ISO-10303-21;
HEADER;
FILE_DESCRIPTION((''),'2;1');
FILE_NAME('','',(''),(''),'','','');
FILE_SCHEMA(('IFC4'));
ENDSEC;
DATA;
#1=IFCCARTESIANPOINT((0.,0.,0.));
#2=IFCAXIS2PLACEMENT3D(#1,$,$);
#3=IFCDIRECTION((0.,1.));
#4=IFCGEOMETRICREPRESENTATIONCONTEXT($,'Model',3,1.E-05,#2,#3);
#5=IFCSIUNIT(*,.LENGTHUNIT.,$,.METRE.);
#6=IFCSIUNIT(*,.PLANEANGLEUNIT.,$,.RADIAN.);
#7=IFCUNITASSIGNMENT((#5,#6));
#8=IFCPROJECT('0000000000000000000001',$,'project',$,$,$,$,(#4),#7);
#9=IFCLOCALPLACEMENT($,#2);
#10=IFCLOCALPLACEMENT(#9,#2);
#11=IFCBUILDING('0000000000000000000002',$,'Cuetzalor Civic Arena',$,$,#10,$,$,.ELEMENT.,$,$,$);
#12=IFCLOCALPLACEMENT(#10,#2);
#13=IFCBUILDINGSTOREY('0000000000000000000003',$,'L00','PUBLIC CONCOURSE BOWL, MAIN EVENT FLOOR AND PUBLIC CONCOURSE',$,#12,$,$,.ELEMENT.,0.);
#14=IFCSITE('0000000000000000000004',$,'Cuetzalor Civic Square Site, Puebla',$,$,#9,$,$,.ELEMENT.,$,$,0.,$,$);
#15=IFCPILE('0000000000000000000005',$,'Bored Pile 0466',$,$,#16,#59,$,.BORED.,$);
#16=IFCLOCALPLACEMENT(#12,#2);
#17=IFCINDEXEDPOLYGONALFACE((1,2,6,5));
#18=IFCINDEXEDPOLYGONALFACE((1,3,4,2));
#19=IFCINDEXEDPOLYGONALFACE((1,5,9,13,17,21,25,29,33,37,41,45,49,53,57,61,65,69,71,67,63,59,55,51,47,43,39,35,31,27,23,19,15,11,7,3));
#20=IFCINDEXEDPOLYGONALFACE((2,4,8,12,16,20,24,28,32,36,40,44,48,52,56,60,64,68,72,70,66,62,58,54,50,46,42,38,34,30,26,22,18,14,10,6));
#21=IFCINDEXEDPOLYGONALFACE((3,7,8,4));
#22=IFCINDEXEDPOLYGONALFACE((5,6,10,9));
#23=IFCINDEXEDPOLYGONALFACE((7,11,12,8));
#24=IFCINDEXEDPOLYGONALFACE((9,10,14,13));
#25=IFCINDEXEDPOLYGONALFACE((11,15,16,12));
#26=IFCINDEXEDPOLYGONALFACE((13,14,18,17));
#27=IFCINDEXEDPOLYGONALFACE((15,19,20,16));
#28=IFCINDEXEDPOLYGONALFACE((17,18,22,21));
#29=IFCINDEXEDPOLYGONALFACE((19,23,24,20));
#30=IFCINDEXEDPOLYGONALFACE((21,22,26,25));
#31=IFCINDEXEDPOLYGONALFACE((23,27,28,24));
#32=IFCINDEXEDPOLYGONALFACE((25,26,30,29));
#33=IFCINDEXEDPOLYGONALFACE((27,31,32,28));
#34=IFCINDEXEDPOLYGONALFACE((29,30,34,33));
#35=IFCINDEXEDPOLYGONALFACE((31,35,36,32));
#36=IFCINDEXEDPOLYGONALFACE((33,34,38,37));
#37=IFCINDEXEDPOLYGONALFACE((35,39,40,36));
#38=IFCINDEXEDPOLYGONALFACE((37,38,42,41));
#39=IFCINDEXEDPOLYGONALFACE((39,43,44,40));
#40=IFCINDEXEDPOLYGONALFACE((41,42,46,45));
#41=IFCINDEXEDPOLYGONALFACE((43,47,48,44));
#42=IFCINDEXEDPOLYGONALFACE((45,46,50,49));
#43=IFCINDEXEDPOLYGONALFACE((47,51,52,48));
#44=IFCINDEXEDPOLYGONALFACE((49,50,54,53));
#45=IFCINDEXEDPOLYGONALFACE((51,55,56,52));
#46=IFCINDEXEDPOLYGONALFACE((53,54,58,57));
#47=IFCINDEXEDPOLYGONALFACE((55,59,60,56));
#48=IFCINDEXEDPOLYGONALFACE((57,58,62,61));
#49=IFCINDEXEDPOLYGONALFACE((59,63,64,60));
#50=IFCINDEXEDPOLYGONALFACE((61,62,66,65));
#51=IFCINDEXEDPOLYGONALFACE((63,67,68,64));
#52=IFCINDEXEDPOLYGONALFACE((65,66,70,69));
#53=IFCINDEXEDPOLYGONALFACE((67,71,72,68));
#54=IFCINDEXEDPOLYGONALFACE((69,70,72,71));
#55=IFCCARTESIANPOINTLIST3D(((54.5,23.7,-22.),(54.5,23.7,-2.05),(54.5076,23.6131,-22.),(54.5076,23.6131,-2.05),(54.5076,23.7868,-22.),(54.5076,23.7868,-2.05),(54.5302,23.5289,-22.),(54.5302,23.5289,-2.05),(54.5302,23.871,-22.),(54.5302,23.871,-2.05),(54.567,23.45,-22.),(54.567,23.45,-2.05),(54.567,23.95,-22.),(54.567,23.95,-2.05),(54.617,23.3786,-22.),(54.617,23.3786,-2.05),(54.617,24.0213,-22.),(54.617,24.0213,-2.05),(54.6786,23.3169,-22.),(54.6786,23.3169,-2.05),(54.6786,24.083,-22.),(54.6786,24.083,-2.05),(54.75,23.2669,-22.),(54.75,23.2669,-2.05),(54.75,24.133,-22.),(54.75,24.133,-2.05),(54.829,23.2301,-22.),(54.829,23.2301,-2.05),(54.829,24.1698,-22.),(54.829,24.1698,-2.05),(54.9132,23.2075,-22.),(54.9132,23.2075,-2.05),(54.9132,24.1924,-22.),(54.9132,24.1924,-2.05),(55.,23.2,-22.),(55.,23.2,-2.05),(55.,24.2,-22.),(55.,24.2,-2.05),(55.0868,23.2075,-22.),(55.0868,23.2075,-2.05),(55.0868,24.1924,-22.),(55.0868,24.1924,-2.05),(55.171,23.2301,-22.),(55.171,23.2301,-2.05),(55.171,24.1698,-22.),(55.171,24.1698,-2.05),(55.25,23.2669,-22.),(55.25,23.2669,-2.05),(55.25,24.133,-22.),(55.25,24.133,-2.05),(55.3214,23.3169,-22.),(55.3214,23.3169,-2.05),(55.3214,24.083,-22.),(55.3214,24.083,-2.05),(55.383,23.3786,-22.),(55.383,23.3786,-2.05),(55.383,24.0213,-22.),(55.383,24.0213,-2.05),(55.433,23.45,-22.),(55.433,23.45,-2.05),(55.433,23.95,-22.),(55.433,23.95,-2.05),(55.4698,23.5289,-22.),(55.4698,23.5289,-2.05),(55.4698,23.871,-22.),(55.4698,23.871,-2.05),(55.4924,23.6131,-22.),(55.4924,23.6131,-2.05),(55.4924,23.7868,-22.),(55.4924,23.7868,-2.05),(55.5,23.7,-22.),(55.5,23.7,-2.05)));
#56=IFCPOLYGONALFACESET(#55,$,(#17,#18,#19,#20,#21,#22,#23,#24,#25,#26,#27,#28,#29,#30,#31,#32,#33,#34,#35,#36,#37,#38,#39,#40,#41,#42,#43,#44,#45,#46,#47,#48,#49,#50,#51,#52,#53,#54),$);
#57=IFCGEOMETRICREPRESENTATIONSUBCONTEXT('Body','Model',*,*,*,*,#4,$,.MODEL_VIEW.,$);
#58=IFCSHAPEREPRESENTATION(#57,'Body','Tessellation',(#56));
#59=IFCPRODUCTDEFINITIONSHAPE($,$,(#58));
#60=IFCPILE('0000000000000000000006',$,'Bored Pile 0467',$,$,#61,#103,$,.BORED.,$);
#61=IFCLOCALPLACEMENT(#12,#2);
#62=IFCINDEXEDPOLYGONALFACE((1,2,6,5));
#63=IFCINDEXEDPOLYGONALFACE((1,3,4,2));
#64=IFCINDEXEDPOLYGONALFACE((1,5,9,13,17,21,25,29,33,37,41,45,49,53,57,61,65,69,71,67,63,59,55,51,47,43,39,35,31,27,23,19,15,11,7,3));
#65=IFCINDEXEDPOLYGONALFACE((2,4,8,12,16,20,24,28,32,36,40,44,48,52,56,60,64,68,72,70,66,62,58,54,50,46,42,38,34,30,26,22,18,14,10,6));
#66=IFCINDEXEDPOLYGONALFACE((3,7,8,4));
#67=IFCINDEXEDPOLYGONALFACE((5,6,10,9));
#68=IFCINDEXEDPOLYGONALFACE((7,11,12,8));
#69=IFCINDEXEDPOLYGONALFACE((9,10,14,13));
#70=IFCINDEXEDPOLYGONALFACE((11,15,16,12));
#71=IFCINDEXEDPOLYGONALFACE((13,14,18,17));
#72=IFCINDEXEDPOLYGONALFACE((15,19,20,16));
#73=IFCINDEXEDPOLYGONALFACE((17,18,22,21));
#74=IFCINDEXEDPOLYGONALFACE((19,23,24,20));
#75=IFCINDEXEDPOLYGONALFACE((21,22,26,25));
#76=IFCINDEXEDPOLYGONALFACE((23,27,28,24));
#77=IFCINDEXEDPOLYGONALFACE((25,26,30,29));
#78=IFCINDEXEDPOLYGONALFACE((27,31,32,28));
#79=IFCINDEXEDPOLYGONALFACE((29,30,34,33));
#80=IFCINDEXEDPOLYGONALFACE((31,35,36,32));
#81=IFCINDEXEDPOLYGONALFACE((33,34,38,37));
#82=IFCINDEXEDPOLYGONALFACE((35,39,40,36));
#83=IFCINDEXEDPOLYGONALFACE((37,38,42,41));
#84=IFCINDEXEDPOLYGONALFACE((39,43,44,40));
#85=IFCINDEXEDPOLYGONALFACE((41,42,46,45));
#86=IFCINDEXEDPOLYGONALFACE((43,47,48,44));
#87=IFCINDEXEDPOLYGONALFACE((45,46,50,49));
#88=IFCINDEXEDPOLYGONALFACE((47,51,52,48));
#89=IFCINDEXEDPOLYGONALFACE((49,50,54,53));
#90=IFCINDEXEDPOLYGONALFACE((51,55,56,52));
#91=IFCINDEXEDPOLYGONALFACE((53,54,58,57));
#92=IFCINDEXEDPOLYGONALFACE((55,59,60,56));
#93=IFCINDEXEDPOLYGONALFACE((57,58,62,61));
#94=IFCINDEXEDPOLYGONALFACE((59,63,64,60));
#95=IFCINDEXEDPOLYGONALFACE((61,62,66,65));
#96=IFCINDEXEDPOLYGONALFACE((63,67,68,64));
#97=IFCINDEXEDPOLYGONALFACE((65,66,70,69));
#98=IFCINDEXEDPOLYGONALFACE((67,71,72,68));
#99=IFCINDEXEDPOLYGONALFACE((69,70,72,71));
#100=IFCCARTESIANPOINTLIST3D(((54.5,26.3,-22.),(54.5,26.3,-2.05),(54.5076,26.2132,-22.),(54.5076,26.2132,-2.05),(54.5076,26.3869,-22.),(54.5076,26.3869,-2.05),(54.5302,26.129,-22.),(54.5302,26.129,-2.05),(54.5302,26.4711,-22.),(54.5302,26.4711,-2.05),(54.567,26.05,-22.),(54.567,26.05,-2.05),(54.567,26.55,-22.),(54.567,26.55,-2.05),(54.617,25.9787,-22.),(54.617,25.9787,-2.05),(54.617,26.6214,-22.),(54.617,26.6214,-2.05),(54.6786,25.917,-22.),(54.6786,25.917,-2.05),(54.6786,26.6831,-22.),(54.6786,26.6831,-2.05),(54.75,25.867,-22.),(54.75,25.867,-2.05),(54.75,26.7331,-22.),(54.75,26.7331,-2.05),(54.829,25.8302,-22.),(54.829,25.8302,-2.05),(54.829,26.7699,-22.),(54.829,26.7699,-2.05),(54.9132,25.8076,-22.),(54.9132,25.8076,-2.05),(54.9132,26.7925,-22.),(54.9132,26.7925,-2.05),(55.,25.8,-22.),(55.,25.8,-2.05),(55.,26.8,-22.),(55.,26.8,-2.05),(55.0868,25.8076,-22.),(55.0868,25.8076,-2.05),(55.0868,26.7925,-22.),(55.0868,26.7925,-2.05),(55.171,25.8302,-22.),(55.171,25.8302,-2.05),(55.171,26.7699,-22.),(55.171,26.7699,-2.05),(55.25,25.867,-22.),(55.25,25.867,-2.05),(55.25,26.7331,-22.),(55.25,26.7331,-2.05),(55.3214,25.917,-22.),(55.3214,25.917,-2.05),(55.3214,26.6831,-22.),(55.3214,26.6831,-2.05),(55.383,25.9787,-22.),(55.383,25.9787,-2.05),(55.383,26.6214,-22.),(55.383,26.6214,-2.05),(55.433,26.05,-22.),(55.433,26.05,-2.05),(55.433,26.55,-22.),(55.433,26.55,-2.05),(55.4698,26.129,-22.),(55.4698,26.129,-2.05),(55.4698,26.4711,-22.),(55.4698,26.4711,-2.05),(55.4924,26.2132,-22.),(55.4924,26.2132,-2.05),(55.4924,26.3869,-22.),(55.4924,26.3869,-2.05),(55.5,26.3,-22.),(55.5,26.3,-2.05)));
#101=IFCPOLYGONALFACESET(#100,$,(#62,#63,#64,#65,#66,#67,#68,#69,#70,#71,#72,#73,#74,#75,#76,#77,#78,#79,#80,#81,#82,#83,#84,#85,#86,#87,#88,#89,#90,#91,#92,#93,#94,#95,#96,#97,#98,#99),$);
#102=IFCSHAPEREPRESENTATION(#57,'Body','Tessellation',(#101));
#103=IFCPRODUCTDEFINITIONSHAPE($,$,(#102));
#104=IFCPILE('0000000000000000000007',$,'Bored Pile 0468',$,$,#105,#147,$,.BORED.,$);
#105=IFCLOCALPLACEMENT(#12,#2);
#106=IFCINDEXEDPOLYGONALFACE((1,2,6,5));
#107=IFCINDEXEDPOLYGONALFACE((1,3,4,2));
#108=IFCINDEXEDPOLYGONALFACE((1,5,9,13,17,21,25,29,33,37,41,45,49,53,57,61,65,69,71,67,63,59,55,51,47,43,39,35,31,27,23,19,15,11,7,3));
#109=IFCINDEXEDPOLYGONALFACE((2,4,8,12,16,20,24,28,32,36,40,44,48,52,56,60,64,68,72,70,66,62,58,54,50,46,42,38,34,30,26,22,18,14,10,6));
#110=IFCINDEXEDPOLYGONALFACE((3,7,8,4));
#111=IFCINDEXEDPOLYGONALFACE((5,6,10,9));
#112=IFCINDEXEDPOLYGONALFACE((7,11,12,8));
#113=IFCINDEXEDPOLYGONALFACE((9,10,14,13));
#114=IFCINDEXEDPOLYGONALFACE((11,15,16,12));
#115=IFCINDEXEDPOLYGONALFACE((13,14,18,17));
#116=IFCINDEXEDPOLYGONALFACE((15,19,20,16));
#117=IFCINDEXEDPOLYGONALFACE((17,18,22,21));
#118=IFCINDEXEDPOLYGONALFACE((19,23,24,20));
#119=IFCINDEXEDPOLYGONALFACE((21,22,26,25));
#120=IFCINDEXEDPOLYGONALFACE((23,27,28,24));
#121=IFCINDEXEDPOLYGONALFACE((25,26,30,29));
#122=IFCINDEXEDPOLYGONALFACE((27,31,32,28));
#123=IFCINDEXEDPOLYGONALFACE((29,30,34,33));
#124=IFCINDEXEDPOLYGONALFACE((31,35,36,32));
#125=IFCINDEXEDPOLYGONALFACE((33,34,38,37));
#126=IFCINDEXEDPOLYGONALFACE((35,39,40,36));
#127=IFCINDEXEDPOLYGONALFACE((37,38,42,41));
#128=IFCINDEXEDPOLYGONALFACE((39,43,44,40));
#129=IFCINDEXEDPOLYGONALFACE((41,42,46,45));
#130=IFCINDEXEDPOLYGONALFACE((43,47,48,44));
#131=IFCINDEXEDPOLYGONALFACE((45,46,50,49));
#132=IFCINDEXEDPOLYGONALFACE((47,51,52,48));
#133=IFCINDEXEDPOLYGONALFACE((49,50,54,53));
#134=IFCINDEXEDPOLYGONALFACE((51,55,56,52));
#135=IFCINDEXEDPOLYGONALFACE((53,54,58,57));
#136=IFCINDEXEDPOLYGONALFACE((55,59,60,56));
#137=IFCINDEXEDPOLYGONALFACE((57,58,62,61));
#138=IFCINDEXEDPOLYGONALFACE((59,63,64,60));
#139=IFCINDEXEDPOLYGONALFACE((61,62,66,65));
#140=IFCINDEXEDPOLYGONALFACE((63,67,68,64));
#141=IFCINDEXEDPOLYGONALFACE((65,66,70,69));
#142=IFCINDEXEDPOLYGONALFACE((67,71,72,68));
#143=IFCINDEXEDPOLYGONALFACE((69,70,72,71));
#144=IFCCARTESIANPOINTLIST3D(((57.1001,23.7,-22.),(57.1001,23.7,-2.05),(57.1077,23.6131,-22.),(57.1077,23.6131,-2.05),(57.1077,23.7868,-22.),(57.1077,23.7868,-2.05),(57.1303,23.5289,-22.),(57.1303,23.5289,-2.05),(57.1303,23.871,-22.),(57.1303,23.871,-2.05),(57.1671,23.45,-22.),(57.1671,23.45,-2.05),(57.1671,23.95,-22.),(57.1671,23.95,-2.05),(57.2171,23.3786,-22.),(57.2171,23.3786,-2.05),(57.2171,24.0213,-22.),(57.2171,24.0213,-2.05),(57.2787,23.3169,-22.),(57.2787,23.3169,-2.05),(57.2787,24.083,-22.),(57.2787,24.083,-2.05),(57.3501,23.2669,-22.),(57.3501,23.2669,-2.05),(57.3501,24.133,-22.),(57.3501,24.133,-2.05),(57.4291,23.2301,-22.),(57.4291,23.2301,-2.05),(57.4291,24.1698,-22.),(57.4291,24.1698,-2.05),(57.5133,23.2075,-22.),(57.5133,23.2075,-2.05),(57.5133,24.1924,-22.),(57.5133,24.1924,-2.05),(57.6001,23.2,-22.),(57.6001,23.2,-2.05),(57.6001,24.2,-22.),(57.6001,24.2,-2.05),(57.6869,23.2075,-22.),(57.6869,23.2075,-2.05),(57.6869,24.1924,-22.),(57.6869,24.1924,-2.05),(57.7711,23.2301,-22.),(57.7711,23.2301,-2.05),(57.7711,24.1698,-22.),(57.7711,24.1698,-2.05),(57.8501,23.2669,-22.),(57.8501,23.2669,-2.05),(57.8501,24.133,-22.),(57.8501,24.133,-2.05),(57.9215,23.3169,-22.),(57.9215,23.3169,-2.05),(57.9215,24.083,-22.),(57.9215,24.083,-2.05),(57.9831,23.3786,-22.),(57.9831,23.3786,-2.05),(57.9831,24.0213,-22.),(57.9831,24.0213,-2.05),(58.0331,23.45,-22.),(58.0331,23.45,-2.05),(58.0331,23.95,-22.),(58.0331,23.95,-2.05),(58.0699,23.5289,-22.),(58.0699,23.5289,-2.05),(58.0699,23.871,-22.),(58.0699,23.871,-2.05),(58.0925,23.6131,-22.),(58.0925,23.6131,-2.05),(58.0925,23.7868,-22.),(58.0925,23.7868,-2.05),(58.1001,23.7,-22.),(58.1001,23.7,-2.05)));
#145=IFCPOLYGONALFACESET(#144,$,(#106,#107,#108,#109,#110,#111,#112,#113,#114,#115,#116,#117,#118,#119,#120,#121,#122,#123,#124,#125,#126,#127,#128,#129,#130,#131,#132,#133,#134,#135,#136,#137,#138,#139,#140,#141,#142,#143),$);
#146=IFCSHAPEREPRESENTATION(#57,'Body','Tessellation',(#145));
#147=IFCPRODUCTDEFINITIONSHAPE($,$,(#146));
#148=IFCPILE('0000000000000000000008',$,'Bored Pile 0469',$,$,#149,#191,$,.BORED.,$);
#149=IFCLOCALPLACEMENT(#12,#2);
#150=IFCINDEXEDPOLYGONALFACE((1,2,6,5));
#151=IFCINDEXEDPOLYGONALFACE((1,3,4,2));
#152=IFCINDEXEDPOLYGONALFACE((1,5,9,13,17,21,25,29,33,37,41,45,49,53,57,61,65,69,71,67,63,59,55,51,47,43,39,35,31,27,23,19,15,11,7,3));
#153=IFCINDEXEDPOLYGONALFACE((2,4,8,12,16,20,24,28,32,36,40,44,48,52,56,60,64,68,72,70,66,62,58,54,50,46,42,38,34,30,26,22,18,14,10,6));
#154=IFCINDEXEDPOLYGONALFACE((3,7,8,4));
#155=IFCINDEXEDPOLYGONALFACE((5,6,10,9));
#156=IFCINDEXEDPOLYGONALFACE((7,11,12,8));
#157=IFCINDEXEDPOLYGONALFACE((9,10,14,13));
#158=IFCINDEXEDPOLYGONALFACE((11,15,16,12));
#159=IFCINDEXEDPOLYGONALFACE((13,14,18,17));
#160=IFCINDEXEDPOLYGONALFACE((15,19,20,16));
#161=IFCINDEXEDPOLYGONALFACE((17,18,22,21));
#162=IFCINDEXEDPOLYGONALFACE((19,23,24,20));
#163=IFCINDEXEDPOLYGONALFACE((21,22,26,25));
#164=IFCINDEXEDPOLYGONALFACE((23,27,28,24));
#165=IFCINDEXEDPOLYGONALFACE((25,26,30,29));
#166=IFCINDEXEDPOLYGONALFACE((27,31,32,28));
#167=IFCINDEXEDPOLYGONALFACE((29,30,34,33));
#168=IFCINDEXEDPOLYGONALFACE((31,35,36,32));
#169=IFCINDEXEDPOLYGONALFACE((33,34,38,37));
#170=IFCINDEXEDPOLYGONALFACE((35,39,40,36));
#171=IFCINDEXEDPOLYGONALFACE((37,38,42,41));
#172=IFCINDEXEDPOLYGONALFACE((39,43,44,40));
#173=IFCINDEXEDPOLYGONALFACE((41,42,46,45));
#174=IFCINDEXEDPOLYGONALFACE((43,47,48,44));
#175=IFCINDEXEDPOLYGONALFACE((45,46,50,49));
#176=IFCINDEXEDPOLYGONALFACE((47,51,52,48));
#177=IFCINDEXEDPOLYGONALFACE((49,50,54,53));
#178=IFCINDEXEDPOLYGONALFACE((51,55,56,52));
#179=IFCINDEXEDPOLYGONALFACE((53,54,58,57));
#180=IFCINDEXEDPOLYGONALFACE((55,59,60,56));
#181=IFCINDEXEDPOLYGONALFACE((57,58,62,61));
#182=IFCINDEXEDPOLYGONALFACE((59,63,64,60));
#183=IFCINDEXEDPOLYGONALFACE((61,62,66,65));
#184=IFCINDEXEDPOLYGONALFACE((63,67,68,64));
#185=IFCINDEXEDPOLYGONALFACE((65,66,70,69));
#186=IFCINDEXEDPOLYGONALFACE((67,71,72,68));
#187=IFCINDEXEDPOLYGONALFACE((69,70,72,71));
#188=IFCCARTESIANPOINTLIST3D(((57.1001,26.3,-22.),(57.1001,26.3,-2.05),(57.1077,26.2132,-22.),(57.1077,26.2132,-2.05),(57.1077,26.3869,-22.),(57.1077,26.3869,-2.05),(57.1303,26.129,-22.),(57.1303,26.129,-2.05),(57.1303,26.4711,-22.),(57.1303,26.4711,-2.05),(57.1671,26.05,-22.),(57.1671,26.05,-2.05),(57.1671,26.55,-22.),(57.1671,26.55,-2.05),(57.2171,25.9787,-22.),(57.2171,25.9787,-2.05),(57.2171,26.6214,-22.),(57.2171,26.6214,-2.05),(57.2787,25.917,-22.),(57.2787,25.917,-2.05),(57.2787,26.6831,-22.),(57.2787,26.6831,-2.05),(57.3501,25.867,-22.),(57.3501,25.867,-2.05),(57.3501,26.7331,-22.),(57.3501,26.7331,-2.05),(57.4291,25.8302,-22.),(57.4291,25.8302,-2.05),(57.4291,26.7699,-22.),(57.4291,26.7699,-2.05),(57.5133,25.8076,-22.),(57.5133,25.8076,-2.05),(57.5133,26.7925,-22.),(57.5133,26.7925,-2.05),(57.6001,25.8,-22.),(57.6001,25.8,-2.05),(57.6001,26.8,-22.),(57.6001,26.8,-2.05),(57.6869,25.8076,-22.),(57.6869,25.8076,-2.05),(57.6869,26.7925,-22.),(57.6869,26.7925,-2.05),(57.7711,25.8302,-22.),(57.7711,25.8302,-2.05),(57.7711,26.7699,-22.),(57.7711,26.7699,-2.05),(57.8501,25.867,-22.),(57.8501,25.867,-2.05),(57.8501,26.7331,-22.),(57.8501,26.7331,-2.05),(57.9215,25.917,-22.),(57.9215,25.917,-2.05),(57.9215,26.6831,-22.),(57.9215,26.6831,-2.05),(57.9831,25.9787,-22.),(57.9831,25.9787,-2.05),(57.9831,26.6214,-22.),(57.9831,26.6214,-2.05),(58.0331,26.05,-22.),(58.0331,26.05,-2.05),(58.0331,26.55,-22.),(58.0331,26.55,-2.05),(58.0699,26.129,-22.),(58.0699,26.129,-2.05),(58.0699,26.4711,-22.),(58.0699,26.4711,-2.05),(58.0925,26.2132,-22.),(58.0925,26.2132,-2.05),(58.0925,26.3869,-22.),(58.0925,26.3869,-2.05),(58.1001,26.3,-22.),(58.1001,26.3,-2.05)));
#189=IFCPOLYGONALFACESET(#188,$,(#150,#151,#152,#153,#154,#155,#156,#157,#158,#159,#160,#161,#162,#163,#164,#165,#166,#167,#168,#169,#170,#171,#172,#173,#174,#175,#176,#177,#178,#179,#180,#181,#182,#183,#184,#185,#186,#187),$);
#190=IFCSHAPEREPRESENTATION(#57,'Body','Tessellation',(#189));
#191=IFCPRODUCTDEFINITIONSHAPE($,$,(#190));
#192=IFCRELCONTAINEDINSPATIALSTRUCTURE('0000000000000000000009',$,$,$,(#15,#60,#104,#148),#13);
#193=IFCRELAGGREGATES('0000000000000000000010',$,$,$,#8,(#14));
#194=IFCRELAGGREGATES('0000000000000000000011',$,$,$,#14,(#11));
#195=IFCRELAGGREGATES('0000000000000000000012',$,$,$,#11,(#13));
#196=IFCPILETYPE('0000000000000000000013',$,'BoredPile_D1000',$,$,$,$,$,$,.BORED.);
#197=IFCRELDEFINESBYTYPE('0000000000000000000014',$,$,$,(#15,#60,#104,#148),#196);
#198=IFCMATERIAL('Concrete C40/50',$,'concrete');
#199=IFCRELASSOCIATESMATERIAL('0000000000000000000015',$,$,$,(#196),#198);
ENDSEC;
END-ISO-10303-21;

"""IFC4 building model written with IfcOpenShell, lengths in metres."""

from ifc_helpers import new_model, si_unit, direction, frame, origin, origin_2d, place, context, subcontext, project, spatial, circle, extrude, material, material_profile, profile_set, type_object, element, save


model = new_model("IFC4")

# Units and contexts
model_context = context("Model", 3, precision=1e-05, world=origin(), true_north=direction((0.0, 1.0)))
body_context = subcontext(model_context, "Body", "Model", "MODEL_VIEW")
ifc_project = project(units=[si_unit("LENGTHUNIT", "METRE"), si_unit("PLANEANGLEUNIT", "RADIAN")], contexts=[model_context])

# Site, building, storey
site_placement = place(None, origin())
site = spatial("IfcSite", under=ifc_project, at=site_placement, Name="Cuetzalor Civic Square Site, Puebla", CompositionType="ELEMENT", RefElevation=0.0)
building_placement = place(site_placement, origin())
building = spatial("IfcBuilding", under=site, at=building_placement, Name="Cuetzalor Civic Arena", CompositionType="ELEMENT")
storey_placement = place(building_placement, origin())
storey = spatial("IfcBuildingStorey", under=building, at=storey_placement, Name="L00", Description="PUBLIC CONCOURSE BOWL, MAIN EVENT FLOOR AND PUBLIC CONCOURSE", CompositionType="ELEMENT", Elevation=0.0)

# Piles
ifc_material_1 = material(Name="Concrete C40/50", Category="concrete")
ifc_material_profile_1 = material_profile(ifc_material_1, circle(Radius=0.5, at=origin_2d()), Name="BORED PILE D1000")
ifc_profile_set_1 = profile_set([ifc_material_profile_1], Name="Concrete C40/50")
pile_type_1 = type_object("IfcPileType", Name="BoredPile_D1000", PredefinedType="BORED", material=ifc_profile_set_1)
for number, where, z_axis, x_axis, name in (
    (1, (55.0, 23.7, -2.05), (0.0, 0.0, -1.0), (1.0, 0.0, 0.0), "Bored Pile 0466"),
    (2, (55.0, 26.3, -2.05), (0.0, 0.0, -1.0), (1.0, 0.0, 0.0), "Bored Pile 0467"),
    (3, (57.6001, 23.7, -2.05), (0.0, 0.0, -1.0), (1.0, 0.0, 0.0), "Bored Pile 0468"),
    (4, (57.6001, 26.3, -2.05), (0.0, 0.0, -1.0), (1.0, 0.0, 0.0), "Bored Pile 0469"),
):
    element("IfcPile", number, at=place(storey_placement, frame(where, z_axis=z_axis, x_axis=x_axis)), inside=storey, type_object=pile_type_1, Name=name, PredefinedType="BORED", context=body_context, shape_type="SweptSolid", body=[
        extrude(circle(Radius=0.5, at=origin_2d()), origin(), (0.0, 0.0, 1.0), 19.95),
    ])

save(model, "model.ifc")
